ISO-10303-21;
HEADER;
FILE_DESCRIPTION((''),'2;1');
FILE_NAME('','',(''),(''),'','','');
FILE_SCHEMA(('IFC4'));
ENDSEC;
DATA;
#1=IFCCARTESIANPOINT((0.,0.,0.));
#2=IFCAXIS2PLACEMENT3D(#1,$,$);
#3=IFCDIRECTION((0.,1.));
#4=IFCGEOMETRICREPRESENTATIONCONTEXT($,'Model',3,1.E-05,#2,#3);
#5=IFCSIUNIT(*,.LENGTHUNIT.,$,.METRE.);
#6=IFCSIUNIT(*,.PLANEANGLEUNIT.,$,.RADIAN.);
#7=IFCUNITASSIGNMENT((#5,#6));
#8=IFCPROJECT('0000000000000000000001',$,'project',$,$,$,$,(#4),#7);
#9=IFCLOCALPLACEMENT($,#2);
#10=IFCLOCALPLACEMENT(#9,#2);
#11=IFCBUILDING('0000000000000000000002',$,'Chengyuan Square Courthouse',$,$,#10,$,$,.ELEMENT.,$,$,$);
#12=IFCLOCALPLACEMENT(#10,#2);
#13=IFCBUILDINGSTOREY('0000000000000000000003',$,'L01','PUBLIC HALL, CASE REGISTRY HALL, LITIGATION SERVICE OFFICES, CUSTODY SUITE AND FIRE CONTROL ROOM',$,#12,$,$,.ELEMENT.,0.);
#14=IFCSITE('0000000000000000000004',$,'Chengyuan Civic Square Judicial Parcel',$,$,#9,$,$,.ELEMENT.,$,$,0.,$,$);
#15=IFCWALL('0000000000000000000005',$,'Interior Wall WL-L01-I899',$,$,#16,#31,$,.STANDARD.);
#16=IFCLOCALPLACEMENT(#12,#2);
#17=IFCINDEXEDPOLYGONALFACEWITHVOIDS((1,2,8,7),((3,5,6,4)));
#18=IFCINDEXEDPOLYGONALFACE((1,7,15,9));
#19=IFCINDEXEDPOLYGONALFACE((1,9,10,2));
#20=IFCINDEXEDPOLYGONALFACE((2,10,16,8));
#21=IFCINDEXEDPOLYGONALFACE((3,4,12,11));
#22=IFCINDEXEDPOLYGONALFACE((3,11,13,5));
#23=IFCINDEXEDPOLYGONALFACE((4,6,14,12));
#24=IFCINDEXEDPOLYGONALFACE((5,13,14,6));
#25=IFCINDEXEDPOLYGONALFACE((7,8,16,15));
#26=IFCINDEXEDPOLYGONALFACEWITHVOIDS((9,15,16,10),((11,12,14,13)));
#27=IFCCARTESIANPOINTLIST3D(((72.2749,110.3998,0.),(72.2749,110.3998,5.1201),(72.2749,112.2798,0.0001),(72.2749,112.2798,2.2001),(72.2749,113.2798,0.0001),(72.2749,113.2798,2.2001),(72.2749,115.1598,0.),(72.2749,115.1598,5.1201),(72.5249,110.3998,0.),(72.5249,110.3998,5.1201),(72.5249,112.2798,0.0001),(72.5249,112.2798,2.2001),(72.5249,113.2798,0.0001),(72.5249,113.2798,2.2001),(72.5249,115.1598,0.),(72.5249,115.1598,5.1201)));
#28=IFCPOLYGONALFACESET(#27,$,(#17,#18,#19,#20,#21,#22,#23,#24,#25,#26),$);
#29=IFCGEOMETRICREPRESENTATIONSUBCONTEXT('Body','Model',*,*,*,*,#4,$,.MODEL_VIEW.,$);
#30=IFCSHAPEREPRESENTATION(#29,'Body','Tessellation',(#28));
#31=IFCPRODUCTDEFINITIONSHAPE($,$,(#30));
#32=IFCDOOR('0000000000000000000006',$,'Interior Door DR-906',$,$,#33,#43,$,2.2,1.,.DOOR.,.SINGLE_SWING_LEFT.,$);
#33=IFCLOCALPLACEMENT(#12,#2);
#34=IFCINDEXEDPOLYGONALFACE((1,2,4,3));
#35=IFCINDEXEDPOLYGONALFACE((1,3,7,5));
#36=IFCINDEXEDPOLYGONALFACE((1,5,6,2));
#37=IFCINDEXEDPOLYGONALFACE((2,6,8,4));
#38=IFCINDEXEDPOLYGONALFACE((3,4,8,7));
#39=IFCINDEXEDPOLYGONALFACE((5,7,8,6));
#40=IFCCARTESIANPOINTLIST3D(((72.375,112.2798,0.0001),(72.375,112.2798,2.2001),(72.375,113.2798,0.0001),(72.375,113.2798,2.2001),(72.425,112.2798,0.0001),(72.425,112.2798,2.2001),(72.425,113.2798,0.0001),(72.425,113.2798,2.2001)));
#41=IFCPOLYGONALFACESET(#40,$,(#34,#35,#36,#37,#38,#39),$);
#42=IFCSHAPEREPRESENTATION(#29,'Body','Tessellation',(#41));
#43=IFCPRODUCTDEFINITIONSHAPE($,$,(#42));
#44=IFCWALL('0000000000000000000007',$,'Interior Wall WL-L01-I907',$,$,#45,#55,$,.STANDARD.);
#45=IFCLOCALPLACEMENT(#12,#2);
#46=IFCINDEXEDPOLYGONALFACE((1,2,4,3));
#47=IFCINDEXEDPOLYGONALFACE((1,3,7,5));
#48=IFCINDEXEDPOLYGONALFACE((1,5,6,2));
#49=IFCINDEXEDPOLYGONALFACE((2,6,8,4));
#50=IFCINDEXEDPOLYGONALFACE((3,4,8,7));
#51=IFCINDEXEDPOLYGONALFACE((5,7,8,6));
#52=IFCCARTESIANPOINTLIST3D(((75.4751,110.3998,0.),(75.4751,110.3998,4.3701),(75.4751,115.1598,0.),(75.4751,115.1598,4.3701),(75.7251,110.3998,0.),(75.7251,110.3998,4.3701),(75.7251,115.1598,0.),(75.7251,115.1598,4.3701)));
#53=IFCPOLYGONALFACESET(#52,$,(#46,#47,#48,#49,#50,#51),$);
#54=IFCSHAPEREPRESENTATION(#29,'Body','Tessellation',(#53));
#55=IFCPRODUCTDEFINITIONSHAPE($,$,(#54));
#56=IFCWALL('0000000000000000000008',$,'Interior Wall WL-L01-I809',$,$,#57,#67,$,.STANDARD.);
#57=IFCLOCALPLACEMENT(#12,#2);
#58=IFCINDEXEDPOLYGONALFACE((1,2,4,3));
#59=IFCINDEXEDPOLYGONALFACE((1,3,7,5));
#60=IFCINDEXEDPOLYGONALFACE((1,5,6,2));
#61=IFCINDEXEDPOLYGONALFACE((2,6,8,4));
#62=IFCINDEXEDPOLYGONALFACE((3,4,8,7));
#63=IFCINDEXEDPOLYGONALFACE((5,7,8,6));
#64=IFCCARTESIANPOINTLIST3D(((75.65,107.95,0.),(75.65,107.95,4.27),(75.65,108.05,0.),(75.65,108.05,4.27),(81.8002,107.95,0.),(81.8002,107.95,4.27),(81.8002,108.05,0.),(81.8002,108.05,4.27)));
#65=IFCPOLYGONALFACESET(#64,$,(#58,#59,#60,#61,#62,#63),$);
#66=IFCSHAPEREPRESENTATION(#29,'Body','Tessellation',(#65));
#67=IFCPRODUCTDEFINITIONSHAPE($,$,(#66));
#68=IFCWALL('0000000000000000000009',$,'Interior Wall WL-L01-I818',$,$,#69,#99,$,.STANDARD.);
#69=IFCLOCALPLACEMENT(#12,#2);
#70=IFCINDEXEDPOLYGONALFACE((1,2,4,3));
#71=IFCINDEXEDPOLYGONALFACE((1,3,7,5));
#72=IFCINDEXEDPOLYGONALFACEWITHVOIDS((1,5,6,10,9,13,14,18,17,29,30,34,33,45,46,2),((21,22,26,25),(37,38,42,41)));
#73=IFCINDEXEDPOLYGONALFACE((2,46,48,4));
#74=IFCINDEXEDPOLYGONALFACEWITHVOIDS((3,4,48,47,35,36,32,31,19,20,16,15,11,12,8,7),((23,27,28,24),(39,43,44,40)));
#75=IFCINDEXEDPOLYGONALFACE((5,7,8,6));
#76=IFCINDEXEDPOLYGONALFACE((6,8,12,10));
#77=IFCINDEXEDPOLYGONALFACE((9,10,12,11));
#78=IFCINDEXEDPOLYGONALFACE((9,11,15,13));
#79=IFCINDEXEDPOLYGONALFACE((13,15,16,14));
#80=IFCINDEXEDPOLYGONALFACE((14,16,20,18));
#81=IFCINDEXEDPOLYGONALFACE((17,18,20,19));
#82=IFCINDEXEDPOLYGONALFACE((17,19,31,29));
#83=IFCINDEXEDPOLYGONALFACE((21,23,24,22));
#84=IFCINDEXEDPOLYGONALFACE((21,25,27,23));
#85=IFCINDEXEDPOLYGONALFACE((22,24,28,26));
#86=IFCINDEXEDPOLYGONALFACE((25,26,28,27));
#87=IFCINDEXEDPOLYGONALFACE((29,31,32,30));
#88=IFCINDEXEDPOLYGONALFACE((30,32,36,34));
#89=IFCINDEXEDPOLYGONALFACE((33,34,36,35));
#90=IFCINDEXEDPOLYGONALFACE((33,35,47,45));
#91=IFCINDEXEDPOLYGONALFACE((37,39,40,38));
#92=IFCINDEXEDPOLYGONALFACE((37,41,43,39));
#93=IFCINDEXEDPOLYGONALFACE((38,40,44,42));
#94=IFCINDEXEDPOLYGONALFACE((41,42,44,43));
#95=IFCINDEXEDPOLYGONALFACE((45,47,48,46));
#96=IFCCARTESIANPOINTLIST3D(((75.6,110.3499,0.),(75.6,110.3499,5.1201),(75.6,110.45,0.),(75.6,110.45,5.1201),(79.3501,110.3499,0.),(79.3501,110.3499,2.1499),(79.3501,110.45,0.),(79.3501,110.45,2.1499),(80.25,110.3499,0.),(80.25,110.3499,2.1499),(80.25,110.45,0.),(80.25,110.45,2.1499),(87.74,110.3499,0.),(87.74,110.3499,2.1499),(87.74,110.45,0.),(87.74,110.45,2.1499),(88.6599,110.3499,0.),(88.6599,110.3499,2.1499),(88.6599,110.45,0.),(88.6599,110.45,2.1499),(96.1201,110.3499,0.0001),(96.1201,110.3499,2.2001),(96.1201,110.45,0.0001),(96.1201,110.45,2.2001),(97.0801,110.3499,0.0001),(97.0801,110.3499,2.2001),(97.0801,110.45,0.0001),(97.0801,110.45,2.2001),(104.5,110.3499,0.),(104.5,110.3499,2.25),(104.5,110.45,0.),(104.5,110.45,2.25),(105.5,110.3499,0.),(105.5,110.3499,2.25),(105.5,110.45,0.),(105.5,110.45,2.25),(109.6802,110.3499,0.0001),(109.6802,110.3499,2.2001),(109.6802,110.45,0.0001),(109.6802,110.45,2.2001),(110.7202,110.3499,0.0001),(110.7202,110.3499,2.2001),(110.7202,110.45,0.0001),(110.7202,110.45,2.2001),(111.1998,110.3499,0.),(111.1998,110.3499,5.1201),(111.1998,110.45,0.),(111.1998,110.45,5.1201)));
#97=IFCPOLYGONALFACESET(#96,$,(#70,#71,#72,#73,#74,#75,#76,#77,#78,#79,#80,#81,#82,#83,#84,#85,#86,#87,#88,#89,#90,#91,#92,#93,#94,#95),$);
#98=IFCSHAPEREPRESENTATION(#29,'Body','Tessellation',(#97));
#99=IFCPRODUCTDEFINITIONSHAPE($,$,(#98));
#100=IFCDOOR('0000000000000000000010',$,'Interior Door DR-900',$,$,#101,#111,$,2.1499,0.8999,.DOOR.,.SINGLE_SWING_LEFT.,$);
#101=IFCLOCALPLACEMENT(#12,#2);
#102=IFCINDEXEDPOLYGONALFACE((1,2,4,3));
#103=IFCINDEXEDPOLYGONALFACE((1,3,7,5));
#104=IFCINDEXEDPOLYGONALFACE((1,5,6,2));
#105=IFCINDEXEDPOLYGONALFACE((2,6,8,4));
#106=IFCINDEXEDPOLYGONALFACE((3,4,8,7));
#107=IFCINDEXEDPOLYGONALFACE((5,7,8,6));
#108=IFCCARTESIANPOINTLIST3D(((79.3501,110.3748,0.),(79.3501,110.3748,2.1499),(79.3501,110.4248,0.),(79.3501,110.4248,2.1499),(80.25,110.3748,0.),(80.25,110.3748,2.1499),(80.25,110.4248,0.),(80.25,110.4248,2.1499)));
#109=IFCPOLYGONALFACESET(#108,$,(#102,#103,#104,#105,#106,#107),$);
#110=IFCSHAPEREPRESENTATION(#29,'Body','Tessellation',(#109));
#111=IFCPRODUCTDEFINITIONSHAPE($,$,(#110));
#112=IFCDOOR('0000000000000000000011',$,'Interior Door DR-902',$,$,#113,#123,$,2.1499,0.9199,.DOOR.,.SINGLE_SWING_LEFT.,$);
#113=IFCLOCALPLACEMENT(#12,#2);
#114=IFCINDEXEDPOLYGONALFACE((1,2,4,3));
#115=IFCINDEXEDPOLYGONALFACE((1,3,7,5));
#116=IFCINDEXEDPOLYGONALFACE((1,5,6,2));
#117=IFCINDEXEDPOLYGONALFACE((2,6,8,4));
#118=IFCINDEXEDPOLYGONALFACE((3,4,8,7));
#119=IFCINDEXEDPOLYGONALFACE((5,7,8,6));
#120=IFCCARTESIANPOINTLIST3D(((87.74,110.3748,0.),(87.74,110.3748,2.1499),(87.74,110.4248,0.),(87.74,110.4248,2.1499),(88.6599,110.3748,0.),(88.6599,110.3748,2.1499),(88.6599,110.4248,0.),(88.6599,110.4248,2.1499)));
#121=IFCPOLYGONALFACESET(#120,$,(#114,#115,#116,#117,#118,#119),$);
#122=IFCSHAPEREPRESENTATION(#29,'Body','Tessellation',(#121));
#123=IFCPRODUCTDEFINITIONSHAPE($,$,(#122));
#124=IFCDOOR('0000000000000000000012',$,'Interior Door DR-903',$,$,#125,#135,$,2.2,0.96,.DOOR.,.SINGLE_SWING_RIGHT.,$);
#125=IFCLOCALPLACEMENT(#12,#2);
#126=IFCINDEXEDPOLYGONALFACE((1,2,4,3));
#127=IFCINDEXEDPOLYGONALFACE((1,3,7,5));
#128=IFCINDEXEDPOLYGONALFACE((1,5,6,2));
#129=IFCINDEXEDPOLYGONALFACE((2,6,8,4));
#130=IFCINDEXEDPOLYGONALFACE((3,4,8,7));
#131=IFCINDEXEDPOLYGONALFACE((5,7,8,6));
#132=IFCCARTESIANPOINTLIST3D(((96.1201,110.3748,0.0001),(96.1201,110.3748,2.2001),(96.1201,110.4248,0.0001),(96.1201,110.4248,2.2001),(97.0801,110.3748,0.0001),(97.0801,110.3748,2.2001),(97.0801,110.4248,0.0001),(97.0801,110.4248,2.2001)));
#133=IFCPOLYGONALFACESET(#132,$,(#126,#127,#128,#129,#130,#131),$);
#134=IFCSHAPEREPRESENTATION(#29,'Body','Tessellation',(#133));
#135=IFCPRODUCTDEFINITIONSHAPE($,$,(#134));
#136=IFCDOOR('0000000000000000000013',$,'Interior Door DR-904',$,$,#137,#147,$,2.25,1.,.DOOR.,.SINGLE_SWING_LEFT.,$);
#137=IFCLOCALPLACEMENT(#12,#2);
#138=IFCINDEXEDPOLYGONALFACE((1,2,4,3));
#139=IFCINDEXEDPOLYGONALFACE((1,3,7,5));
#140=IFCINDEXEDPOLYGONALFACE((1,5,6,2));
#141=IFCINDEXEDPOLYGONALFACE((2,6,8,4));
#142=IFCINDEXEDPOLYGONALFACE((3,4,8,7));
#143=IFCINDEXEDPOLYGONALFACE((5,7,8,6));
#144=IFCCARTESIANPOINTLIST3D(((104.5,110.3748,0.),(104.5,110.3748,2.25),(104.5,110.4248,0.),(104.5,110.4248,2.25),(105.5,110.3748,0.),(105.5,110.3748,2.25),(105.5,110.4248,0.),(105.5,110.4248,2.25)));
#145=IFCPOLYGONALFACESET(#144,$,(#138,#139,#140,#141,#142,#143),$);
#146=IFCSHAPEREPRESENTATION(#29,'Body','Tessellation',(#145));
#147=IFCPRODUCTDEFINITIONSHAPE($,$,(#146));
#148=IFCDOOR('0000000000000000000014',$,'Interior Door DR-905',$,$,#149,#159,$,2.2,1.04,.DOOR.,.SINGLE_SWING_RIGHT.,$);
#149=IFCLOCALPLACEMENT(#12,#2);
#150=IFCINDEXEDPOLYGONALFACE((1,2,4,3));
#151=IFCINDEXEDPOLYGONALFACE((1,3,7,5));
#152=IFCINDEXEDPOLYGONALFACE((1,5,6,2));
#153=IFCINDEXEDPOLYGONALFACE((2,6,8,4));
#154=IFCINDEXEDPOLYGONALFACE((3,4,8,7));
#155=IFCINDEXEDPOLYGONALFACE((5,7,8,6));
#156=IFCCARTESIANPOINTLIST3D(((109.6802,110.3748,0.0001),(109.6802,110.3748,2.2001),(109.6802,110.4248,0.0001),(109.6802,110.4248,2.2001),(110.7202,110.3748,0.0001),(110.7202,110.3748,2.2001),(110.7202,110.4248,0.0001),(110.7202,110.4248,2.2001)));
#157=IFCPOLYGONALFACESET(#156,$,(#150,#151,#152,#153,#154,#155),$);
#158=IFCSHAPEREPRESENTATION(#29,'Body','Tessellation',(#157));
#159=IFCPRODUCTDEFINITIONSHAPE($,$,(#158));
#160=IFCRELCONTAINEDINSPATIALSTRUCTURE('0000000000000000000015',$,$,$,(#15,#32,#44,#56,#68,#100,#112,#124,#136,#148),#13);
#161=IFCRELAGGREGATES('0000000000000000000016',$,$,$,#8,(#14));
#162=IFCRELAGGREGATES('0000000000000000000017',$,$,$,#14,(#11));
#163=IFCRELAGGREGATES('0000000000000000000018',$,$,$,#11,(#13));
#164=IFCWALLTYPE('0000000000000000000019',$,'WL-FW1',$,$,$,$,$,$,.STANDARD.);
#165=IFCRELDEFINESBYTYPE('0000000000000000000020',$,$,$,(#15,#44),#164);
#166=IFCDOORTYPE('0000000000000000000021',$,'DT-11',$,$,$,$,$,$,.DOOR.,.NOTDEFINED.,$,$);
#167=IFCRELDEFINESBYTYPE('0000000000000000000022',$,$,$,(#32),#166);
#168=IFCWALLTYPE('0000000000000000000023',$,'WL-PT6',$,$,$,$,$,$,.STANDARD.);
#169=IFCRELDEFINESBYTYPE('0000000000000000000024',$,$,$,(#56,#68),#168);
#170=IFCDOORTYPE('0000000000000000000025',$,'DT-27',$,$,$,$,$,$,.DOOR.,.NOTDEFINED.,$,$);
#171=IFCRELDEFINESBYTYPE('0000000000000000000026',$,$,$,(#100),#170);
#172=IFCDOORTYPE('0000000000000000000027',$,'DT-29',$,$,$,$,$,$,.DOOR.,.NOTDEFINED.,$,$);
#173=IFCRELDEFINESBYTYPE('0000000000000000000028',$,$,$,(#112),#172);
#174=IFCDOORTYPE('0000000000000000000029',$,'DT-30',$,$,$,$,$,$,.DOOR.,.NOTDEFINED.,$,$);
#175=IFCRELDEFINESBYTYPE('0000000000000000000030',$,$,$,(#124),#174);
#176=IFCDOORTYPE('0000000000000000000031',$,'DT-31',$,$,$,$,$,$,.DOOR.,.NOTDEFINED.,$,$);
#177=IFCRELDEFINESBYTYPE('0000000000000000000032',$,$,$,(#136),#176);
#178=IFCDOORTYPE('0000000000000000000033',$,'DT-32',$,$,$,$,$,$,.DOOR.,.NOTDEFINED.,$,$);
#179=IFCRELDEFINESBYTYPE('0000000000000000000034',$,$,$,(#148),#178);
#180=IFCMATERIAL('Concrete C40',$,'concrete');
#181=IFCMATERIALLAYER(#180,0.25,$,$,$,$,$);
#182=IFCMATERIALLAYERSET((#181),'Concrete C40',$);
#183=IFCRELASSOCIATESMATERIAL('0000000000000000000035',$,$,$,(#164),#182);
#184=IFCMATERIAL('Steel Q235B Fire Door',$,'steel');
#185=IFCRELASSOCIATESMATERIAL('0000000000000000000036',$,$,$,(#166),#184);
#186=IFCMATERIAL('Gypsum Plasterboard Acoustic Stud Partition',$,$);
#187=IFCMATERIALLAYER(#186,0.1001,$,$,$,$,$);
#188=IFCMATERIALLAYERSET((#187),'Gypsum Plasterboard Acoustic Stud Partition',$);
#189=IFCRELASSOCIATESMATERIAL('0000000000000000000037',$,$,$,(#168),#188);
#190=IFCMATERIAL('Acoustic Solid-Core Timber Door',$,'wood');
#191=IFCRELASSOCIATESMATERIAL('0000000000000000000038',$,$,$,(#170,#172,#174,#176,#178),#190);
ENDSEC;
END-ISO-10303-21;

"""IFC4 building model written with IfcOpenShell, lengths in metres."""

from ifc_helpers import new_model, si_unit, direction, frame, frame_2d, origin, place, context, subcontext, project, spatial, rectangle, extrude, material, layer, layer_set, type_object, element, fill, save


model = new_model("IFC4")

# Units and contexts
model_context = context("Model", 3, precision=1e-05, world=origin(), true_north=direction((0.0, 1.0)))
body_context = subcontext(model_context, "Body", "Model", "MODEL_VIEW")
ifc_project = project(units=[si_unit("LENGTHUNIT", "METRE"), si_unit("PLANEANGLEUNIT", "RADIAN")], contexts=[model_context])

# Site, building, storey
site_placement = place(None, origin())
site = spatial("IfcSite", under=ifc_project, at=site_placement, Name="Chengyuan Civic Square Judicial Parcel", CompositionType="ELEMENT", RefElevation=0.0)
building_placement = place(site_placement, origin())
building = spatial("IfcBuilding", under=site, at=building_placement, Name="Chengyuan Square Courthouse", CompositionType="ELEMENT")
storey_placement = place(building_placement, origin())
storey = spatial("IfcBuildingStorey", under=building, at=storey_placement, Name="L01", Description="PUBLIC HALL, CASE REGISTRY HALL, LITIGATION SERVICE OFFICES, CUSTODY SUITE AND FIRE CONTROL ROOM", CompositionType="ELEMENT", Elevation=0.0)

# Shared definitions
ifc_material_1 = material(Name="Concrete C40", Category="concrete")

# Wall, opening, door
ifc_layer_1 = layer(ifc_material_1, 0.25)
ifc_layer_set_1 = layer_set([ifc_layer_1], Name="Concrete C40")
wall_type_1 = type_object("IfcWallType", Name="WL-FW1", PredefinedType="STANDARD", material=ifc_layer_set_1)
ifc_material_2 = material(Name="Steel Q235B Fire Door", Category="steel")
wall_1_placement = place(storey_placement, frame((72.3999, 110.3999, 0.0), z_axis=(0.0, 0.0, 1.0), x_axis=(0.0, 1.0, 0.0)))
wall_1 = element("IfcWall", 1, at=wall_1_placement, inside=storey, type_object=wall_type_1, Name="Interior Wall WL-L01-I899", PredefinedType="STANDARD", context=body_context, shape_type="SweptSolid", body=[
    extrude(rectangle(XDim=4.76, YDim=0.25, at=frame_2d((2.3799, 0.0))), origin(), (0.0, 0.0, 1.0), 5.1201),
])
opening_1_placement = place(wall_1_placement, frame((1.8799, 0.0, 0.0)))
opening_1 = element("IfcOpeningElement", 2, at=opening_1_placement, cuts=wall_1, PredefinedType="OPENING", context=body_context, shape_type="SweptSolid", body=[
    extrude(rectangle(XDim=1.0, YDim=2.2, at=frame_2d((0.5, 1.1001))), frame((0.0, 0.137, 0.0), z_axis=(0.0, -1.0, 0.0), x_axis=(1.0, 0.0, 0.0)), (0.0, 0.0, 1.0), 0.2739),
])
door_type_1 = type_object("IfcDoorType", Name="DT-11", OperationType="NOTDEFINED", PredefinedType="DOOR", material=ifc_material_2)
door_1_placement = place(opening_1_placement, origin())
door_1 = element("IfcDoor", 3, at=door_1_placement, inside=storey, type_object=door_type_1, Name="Interior Door DR-906", OperationType="SINGLE_SWING_LEFT", OverallHeight=2.2, OverallWidth=1.0, PredefinedType="DOOR", context=body_context, shape_type="SweptSolid", body=[
    extrude(rectangle(XDim=1.0, YDim=2.2, at=frame_2d((0.5, 1.1001))), frame((0.0, 0.0249, 0.0), z_axis=(0.0, -1.0, 0.0), x_axis=(1.0, 0.0, 0.0)), (0.0, 0.0, 1.0), 0.05),
])
fill(opening_1, door_1)

# Walls
wall_2_placement = place(storey_placement, frame((75.6001, 110.3999, 0.0), z_axis=(0.0, 0.0, 1.0), x_axis=(0.0, 1.0, 0.0)))
element("IfcWall", 4, at=wall_2_placement, inside=storey, type_object=wall_type_1, Name="Interior Wall WL-L01-I907", PredefinedType="STANDARD", context=body_context, shape_type="SweptSolid", body=[
    extrude(rectangle(XDim=4.76, YDim=0.25, at=frame_2d((2.3799, 0.0))), origin(), (0.0, 0.0, 1.0), 4.3701),
])
ifc_material_3 = material(Name="Gypsum Plasterboard Acoustic Stud Partition")
ifc_layer_2 = layer(ifc_material_3, 0.1001)
ifc_layer_set_2 = layer_set([ifc_layer_2], Name="Gypsum Plasterboard Acoustic Stud Partition")
wall_type_2 = type_object("IfcWallType", Name="WL-PT6", PredefinedType="STANDARD", material=ifc_layer_set_2)
wall_3_placement = place(storey_placement, frame((75.6499, 108.0, 0.0), z_axis=(0.0, 0.0, 1.0), x_axis=(1.0, 0.0, 0.0)))
element("IfcWall", 5, at=wall_3_placement, inside=storey, type_object=wall_type_2, Name="Interior Wall WL-L01-I809", PredefinedType="STANDARD", context=body_context, shape_type="SweptSolid", body=[
    extrude(rectangle(XDim=6.1501, YDim=0.1001, at=frame_2d((3.0752, 0.0))), origin(), (0.0, 0.0, 1.0), 4.27),
])

# Wall, openings, doors
wall_4_placement = place(storey_placement, frame((75.6001, 110.3999, 0.0), z_axis=(0.0, 0.0, 1.0), x_axis=(1.0, 0.0, 0.0)))
wall_4 = element("IfcWall", 6, at=wall_4_placement, inside=storey, type_object=wall_type_2, Name="Interior Wall WL-L01-I818", PredefinedType="STANDARD", context=body_context, shape_type="SweptSolid", body=[
    extrude(rectangle(XDim=35.5999, YDim=0.1001, at=frame_2d((17.7998, 0.0))), origin(), (0.0, 0.0, 1.0), 5.1201),
])
opening_2_placement = place(wall_4_placement, frame((3.75, 0.0, 0.0)))
opening_2 = element("IfcOpeningElement", 7, at=opening_2_placement, cuts=wall_4, PredefinedType="OPENING", context=body_context, shape_type="SweptSolid", body=[
    extrude(rectangle(XDim=0.8999, YDim=2.1499, at=frame_2d((0.45, 1.075))), frame((0.0, 0.062, 0.0), z_axis=(0.0, -1.0, 0.0), x_axis=(1.0, 0.0, 0.0)), (0.0, 0.0, 1.0), 0.124),
])
opening_3_placement = place(wall_4_placement, frame((12.1399, 0.0, 0.0)))
opening_3 = element("IfcOpeningElement", 8, at=opening_3_placement, cuts=wall_4, PredefinedType="OPENING", context=body_context, shape_type="SweptSolid", body=[
    extrude(rectangle(XDim=0.9199, YDim=2.1499, at=frame_2d((0.46, 1.075))), frame((0.0, 0.062, 0.0), z_axis=(0.0, -1.0, 0.0), x_axis=(1.0, 0.0, 0.0)), (0.0, 0.0, 1.0), 0.124),
])
opening_4_placement = place(wall_4_placement, frame((20.52, 0.0, 0.0)))
opening_4 = element("IfcOpeningElement", 9, at=opening_4_placement, cuts=wall_4, PredefinedType="OPENING", context=body_context, shape_type="SweptSolid", body=[
    extrude(rectangle(XDim=0.96, YDim=2.2, at=frame_2d((0.48, 1.1001))), frame((0.0, 0.062, 0.0), z_axis=(0.0, -1.0, 0.0), x_axis=(1.0, 0.0, 0.0)), (0.0, 0.0, 1.0), 0.124),
])
opening_5_placement = place(wall_4_placement, frame((28.8999, 0.0, 0.0)))
opening_5 = element("IfcOpeningElement", 10, at=opening_5_placement, cuts=wall_4, PredefinedType="OPENING", context=body_context, shape_type="SweptSolid", body=[
    extrude(rectangle(XDim=1.0, YDim=2.25, at=frame_2d((0.5, 1.125))), frame((0.0, 0.062, 0.0), z_axis=(0.0, -1.0, 0.0), x_axis=(1.0, 0.0, 0.0)), (0.0, 0.0, 1.0), 0.124),
])
opening_6_placement = place(wall_4_placement, frame((34.0801, 0.0, 0.0)))
opening_6 = element("IfcOpeningElement", 11, at=opening_6_placement, cuts=wall_4, PredefinedType="OPENING", context=body_context, shape_type="SweptSolid", body=[
    extrude(rectangle(XDim=1.04, YDim=2.2, at=frame_2d((0.52, 1.1001))), frame((0.0, 0.062, 0.0), z_axis=(0.0, -1.0, 0.0), x_axis=(1.0, 0.0, 0.0)), (0.0, 0.0, 1.0), 0.124),
])
ifc_material_4 = material(Name="Acoustic Solid-Core Timber Door", Category="wood")
door_type_2 = type_object("IfcDoorType", Name="DT-27", OperationType="NOTDEFINED", PredefinedType="DOOR", material=ifc_material_4)
door_2_placement = place(opening_2_placement, origin())
door_2 = element("IfcDoor", 12, at=door_2_placement, inside=storey, type_object=door_type_2, Name="Interior Door DR-900", OperationType="SINGLE_SWING_LEFT", OverallHeight=2.1499, OverallWidth=0.8999, PredefinedType="DOOR", context=body_context, shape_type="SweptSolid", body=[
    extrude(rectangle(XDim=0.8999, YDim=2.1499, at=frame_2d((0.45, 1.075))), frame((0.0, 0.0249, 0.0), z_axis=(0.0, -1.0, 0.0), x_axis=(1.0, 0.0, 0.0)), (0.0, 0.0, 1.0), 0.05),
])
fill(opening_2, door_2)
door_type_3 = type_object("IfcDoorType", Name="DT-29", OperationType="NOTDEFINED", PredefinedType="DOOR", material=ifc_material_4)
door_3_placement = place(opening_3_placement, origin())
door_3 = element("IfcDoor", 13, at=door_3_placement, inside=storey, type_object=door_type_3, Name="Interior Door DR-902", OperationType="SINGLE_SWING_LEFT", OverallHeight=2.1499, OverallWidth=0.9199, PredefinedType="DOOR", context=body_context, shape_type="SweptSolid", body=[
    extrude(rectangle(XDim=0.9199, YDim=2.1499, at=frame_2d((0.46, 1.075))), frame((0.0, 0.0249, 0.0), z_axis=(0.0, -1.0, 0.0), x_axis=(1.0, 0.0, 0.0)), (0.0, 0.0, 1.0), 0.05),
])
fill(opening_3, door_3)
door_type_4 = type_object("IfcDoorType", Name="DT-30", OperationType="NOTDEFINED", PredefinedType="DOOR", material=ifc_material_4)
door_4_placement = place(opening_4_placement, origin())
door_4 = element("IfcDoor", 14, at=door_4_placement, inside=storey, type_object=door_type_4, Name="Interior Door DR-903", OperationType="SINGLE_SWING_RIGHT", OverallHeight=2.2, OverallWidth=0.96, PredefinedType="DOOR", context=body_context, shape_type="SweptSolid", body=[
    extrude(rectangle(XDim=0.96, YDim=2.2, at=frame_2d((0.48, 1.1001))), frame((0.0, 0.0249, 0.0), z_axis=(0.0, -1.0, 0.0), x_axis=(1.0, 0.0, 0.0)), (0.0, 0.0, 1.0), 0.05),
])
fill(opening_4, door_4)
door_type_5 = type_object("IfcDoorType", Name="DT-31", OperationType="NOTDEFINED", PredefinedType="DOOR", material=ifc_material_4)
door_5_placement = place(opening_5_placement, origin())
door_5 = element("IfcDoor", 15, at=door_5_placement, inside=storey, type_object=door_type_5, Name="Interior Door DR-904", OperationType="SINGLE_SWING_LEFT", OverallHeight=2.25, OverallWidth=1.0, PredefinedType="DOOR", context=body_context, shape_type="SweptSolid", body=[
    extrude(rectangle(XDim=1.0, YDim=2.25, at=frame_2d((0.5, 1.125))), frame((0.0, 0.0249, 0.0), z_axis=(0.0, -1.0, 0.0), x_axis=(1.0, 0.0, 0.0)), (0.0, 0.0, 1.0), 0.05),
])
fill(opening_5, door_5)
door_type_6 = type_object("IfcDoorType", Name="DT-32", OperationType="NOTDEFINED", PredefinedType="DOOR", material=ifc_material_4)
door_6_placement = place(opening_6_placement, origin())
door_6 = element("IfcDoor", 16, at=door_6_placement, inside=storey, type_object=door_type_6, Name="Interior Door DR-905", OperationType="SINGLE_SWING_RIGHT", OverallHeight=2.2, OverallWidth=1.04, PredefinedType="DOOR", context=body_context, shape_type="SweptSolid", body=[
    extrude(rectangle(XDim=1.04, YDim=2.2, at=frame_2d((0.52, 1.1001))), frame((0.0, 0.0249, 0.0), z_axis=(0.0, -1.0, 0.0), x_axis=(1.0, 0.0, 0.0)), (0.0, 0.0, 1.0), 0.05),
])
fill(opening_6, door_6)

save(model, "model.ifc")
